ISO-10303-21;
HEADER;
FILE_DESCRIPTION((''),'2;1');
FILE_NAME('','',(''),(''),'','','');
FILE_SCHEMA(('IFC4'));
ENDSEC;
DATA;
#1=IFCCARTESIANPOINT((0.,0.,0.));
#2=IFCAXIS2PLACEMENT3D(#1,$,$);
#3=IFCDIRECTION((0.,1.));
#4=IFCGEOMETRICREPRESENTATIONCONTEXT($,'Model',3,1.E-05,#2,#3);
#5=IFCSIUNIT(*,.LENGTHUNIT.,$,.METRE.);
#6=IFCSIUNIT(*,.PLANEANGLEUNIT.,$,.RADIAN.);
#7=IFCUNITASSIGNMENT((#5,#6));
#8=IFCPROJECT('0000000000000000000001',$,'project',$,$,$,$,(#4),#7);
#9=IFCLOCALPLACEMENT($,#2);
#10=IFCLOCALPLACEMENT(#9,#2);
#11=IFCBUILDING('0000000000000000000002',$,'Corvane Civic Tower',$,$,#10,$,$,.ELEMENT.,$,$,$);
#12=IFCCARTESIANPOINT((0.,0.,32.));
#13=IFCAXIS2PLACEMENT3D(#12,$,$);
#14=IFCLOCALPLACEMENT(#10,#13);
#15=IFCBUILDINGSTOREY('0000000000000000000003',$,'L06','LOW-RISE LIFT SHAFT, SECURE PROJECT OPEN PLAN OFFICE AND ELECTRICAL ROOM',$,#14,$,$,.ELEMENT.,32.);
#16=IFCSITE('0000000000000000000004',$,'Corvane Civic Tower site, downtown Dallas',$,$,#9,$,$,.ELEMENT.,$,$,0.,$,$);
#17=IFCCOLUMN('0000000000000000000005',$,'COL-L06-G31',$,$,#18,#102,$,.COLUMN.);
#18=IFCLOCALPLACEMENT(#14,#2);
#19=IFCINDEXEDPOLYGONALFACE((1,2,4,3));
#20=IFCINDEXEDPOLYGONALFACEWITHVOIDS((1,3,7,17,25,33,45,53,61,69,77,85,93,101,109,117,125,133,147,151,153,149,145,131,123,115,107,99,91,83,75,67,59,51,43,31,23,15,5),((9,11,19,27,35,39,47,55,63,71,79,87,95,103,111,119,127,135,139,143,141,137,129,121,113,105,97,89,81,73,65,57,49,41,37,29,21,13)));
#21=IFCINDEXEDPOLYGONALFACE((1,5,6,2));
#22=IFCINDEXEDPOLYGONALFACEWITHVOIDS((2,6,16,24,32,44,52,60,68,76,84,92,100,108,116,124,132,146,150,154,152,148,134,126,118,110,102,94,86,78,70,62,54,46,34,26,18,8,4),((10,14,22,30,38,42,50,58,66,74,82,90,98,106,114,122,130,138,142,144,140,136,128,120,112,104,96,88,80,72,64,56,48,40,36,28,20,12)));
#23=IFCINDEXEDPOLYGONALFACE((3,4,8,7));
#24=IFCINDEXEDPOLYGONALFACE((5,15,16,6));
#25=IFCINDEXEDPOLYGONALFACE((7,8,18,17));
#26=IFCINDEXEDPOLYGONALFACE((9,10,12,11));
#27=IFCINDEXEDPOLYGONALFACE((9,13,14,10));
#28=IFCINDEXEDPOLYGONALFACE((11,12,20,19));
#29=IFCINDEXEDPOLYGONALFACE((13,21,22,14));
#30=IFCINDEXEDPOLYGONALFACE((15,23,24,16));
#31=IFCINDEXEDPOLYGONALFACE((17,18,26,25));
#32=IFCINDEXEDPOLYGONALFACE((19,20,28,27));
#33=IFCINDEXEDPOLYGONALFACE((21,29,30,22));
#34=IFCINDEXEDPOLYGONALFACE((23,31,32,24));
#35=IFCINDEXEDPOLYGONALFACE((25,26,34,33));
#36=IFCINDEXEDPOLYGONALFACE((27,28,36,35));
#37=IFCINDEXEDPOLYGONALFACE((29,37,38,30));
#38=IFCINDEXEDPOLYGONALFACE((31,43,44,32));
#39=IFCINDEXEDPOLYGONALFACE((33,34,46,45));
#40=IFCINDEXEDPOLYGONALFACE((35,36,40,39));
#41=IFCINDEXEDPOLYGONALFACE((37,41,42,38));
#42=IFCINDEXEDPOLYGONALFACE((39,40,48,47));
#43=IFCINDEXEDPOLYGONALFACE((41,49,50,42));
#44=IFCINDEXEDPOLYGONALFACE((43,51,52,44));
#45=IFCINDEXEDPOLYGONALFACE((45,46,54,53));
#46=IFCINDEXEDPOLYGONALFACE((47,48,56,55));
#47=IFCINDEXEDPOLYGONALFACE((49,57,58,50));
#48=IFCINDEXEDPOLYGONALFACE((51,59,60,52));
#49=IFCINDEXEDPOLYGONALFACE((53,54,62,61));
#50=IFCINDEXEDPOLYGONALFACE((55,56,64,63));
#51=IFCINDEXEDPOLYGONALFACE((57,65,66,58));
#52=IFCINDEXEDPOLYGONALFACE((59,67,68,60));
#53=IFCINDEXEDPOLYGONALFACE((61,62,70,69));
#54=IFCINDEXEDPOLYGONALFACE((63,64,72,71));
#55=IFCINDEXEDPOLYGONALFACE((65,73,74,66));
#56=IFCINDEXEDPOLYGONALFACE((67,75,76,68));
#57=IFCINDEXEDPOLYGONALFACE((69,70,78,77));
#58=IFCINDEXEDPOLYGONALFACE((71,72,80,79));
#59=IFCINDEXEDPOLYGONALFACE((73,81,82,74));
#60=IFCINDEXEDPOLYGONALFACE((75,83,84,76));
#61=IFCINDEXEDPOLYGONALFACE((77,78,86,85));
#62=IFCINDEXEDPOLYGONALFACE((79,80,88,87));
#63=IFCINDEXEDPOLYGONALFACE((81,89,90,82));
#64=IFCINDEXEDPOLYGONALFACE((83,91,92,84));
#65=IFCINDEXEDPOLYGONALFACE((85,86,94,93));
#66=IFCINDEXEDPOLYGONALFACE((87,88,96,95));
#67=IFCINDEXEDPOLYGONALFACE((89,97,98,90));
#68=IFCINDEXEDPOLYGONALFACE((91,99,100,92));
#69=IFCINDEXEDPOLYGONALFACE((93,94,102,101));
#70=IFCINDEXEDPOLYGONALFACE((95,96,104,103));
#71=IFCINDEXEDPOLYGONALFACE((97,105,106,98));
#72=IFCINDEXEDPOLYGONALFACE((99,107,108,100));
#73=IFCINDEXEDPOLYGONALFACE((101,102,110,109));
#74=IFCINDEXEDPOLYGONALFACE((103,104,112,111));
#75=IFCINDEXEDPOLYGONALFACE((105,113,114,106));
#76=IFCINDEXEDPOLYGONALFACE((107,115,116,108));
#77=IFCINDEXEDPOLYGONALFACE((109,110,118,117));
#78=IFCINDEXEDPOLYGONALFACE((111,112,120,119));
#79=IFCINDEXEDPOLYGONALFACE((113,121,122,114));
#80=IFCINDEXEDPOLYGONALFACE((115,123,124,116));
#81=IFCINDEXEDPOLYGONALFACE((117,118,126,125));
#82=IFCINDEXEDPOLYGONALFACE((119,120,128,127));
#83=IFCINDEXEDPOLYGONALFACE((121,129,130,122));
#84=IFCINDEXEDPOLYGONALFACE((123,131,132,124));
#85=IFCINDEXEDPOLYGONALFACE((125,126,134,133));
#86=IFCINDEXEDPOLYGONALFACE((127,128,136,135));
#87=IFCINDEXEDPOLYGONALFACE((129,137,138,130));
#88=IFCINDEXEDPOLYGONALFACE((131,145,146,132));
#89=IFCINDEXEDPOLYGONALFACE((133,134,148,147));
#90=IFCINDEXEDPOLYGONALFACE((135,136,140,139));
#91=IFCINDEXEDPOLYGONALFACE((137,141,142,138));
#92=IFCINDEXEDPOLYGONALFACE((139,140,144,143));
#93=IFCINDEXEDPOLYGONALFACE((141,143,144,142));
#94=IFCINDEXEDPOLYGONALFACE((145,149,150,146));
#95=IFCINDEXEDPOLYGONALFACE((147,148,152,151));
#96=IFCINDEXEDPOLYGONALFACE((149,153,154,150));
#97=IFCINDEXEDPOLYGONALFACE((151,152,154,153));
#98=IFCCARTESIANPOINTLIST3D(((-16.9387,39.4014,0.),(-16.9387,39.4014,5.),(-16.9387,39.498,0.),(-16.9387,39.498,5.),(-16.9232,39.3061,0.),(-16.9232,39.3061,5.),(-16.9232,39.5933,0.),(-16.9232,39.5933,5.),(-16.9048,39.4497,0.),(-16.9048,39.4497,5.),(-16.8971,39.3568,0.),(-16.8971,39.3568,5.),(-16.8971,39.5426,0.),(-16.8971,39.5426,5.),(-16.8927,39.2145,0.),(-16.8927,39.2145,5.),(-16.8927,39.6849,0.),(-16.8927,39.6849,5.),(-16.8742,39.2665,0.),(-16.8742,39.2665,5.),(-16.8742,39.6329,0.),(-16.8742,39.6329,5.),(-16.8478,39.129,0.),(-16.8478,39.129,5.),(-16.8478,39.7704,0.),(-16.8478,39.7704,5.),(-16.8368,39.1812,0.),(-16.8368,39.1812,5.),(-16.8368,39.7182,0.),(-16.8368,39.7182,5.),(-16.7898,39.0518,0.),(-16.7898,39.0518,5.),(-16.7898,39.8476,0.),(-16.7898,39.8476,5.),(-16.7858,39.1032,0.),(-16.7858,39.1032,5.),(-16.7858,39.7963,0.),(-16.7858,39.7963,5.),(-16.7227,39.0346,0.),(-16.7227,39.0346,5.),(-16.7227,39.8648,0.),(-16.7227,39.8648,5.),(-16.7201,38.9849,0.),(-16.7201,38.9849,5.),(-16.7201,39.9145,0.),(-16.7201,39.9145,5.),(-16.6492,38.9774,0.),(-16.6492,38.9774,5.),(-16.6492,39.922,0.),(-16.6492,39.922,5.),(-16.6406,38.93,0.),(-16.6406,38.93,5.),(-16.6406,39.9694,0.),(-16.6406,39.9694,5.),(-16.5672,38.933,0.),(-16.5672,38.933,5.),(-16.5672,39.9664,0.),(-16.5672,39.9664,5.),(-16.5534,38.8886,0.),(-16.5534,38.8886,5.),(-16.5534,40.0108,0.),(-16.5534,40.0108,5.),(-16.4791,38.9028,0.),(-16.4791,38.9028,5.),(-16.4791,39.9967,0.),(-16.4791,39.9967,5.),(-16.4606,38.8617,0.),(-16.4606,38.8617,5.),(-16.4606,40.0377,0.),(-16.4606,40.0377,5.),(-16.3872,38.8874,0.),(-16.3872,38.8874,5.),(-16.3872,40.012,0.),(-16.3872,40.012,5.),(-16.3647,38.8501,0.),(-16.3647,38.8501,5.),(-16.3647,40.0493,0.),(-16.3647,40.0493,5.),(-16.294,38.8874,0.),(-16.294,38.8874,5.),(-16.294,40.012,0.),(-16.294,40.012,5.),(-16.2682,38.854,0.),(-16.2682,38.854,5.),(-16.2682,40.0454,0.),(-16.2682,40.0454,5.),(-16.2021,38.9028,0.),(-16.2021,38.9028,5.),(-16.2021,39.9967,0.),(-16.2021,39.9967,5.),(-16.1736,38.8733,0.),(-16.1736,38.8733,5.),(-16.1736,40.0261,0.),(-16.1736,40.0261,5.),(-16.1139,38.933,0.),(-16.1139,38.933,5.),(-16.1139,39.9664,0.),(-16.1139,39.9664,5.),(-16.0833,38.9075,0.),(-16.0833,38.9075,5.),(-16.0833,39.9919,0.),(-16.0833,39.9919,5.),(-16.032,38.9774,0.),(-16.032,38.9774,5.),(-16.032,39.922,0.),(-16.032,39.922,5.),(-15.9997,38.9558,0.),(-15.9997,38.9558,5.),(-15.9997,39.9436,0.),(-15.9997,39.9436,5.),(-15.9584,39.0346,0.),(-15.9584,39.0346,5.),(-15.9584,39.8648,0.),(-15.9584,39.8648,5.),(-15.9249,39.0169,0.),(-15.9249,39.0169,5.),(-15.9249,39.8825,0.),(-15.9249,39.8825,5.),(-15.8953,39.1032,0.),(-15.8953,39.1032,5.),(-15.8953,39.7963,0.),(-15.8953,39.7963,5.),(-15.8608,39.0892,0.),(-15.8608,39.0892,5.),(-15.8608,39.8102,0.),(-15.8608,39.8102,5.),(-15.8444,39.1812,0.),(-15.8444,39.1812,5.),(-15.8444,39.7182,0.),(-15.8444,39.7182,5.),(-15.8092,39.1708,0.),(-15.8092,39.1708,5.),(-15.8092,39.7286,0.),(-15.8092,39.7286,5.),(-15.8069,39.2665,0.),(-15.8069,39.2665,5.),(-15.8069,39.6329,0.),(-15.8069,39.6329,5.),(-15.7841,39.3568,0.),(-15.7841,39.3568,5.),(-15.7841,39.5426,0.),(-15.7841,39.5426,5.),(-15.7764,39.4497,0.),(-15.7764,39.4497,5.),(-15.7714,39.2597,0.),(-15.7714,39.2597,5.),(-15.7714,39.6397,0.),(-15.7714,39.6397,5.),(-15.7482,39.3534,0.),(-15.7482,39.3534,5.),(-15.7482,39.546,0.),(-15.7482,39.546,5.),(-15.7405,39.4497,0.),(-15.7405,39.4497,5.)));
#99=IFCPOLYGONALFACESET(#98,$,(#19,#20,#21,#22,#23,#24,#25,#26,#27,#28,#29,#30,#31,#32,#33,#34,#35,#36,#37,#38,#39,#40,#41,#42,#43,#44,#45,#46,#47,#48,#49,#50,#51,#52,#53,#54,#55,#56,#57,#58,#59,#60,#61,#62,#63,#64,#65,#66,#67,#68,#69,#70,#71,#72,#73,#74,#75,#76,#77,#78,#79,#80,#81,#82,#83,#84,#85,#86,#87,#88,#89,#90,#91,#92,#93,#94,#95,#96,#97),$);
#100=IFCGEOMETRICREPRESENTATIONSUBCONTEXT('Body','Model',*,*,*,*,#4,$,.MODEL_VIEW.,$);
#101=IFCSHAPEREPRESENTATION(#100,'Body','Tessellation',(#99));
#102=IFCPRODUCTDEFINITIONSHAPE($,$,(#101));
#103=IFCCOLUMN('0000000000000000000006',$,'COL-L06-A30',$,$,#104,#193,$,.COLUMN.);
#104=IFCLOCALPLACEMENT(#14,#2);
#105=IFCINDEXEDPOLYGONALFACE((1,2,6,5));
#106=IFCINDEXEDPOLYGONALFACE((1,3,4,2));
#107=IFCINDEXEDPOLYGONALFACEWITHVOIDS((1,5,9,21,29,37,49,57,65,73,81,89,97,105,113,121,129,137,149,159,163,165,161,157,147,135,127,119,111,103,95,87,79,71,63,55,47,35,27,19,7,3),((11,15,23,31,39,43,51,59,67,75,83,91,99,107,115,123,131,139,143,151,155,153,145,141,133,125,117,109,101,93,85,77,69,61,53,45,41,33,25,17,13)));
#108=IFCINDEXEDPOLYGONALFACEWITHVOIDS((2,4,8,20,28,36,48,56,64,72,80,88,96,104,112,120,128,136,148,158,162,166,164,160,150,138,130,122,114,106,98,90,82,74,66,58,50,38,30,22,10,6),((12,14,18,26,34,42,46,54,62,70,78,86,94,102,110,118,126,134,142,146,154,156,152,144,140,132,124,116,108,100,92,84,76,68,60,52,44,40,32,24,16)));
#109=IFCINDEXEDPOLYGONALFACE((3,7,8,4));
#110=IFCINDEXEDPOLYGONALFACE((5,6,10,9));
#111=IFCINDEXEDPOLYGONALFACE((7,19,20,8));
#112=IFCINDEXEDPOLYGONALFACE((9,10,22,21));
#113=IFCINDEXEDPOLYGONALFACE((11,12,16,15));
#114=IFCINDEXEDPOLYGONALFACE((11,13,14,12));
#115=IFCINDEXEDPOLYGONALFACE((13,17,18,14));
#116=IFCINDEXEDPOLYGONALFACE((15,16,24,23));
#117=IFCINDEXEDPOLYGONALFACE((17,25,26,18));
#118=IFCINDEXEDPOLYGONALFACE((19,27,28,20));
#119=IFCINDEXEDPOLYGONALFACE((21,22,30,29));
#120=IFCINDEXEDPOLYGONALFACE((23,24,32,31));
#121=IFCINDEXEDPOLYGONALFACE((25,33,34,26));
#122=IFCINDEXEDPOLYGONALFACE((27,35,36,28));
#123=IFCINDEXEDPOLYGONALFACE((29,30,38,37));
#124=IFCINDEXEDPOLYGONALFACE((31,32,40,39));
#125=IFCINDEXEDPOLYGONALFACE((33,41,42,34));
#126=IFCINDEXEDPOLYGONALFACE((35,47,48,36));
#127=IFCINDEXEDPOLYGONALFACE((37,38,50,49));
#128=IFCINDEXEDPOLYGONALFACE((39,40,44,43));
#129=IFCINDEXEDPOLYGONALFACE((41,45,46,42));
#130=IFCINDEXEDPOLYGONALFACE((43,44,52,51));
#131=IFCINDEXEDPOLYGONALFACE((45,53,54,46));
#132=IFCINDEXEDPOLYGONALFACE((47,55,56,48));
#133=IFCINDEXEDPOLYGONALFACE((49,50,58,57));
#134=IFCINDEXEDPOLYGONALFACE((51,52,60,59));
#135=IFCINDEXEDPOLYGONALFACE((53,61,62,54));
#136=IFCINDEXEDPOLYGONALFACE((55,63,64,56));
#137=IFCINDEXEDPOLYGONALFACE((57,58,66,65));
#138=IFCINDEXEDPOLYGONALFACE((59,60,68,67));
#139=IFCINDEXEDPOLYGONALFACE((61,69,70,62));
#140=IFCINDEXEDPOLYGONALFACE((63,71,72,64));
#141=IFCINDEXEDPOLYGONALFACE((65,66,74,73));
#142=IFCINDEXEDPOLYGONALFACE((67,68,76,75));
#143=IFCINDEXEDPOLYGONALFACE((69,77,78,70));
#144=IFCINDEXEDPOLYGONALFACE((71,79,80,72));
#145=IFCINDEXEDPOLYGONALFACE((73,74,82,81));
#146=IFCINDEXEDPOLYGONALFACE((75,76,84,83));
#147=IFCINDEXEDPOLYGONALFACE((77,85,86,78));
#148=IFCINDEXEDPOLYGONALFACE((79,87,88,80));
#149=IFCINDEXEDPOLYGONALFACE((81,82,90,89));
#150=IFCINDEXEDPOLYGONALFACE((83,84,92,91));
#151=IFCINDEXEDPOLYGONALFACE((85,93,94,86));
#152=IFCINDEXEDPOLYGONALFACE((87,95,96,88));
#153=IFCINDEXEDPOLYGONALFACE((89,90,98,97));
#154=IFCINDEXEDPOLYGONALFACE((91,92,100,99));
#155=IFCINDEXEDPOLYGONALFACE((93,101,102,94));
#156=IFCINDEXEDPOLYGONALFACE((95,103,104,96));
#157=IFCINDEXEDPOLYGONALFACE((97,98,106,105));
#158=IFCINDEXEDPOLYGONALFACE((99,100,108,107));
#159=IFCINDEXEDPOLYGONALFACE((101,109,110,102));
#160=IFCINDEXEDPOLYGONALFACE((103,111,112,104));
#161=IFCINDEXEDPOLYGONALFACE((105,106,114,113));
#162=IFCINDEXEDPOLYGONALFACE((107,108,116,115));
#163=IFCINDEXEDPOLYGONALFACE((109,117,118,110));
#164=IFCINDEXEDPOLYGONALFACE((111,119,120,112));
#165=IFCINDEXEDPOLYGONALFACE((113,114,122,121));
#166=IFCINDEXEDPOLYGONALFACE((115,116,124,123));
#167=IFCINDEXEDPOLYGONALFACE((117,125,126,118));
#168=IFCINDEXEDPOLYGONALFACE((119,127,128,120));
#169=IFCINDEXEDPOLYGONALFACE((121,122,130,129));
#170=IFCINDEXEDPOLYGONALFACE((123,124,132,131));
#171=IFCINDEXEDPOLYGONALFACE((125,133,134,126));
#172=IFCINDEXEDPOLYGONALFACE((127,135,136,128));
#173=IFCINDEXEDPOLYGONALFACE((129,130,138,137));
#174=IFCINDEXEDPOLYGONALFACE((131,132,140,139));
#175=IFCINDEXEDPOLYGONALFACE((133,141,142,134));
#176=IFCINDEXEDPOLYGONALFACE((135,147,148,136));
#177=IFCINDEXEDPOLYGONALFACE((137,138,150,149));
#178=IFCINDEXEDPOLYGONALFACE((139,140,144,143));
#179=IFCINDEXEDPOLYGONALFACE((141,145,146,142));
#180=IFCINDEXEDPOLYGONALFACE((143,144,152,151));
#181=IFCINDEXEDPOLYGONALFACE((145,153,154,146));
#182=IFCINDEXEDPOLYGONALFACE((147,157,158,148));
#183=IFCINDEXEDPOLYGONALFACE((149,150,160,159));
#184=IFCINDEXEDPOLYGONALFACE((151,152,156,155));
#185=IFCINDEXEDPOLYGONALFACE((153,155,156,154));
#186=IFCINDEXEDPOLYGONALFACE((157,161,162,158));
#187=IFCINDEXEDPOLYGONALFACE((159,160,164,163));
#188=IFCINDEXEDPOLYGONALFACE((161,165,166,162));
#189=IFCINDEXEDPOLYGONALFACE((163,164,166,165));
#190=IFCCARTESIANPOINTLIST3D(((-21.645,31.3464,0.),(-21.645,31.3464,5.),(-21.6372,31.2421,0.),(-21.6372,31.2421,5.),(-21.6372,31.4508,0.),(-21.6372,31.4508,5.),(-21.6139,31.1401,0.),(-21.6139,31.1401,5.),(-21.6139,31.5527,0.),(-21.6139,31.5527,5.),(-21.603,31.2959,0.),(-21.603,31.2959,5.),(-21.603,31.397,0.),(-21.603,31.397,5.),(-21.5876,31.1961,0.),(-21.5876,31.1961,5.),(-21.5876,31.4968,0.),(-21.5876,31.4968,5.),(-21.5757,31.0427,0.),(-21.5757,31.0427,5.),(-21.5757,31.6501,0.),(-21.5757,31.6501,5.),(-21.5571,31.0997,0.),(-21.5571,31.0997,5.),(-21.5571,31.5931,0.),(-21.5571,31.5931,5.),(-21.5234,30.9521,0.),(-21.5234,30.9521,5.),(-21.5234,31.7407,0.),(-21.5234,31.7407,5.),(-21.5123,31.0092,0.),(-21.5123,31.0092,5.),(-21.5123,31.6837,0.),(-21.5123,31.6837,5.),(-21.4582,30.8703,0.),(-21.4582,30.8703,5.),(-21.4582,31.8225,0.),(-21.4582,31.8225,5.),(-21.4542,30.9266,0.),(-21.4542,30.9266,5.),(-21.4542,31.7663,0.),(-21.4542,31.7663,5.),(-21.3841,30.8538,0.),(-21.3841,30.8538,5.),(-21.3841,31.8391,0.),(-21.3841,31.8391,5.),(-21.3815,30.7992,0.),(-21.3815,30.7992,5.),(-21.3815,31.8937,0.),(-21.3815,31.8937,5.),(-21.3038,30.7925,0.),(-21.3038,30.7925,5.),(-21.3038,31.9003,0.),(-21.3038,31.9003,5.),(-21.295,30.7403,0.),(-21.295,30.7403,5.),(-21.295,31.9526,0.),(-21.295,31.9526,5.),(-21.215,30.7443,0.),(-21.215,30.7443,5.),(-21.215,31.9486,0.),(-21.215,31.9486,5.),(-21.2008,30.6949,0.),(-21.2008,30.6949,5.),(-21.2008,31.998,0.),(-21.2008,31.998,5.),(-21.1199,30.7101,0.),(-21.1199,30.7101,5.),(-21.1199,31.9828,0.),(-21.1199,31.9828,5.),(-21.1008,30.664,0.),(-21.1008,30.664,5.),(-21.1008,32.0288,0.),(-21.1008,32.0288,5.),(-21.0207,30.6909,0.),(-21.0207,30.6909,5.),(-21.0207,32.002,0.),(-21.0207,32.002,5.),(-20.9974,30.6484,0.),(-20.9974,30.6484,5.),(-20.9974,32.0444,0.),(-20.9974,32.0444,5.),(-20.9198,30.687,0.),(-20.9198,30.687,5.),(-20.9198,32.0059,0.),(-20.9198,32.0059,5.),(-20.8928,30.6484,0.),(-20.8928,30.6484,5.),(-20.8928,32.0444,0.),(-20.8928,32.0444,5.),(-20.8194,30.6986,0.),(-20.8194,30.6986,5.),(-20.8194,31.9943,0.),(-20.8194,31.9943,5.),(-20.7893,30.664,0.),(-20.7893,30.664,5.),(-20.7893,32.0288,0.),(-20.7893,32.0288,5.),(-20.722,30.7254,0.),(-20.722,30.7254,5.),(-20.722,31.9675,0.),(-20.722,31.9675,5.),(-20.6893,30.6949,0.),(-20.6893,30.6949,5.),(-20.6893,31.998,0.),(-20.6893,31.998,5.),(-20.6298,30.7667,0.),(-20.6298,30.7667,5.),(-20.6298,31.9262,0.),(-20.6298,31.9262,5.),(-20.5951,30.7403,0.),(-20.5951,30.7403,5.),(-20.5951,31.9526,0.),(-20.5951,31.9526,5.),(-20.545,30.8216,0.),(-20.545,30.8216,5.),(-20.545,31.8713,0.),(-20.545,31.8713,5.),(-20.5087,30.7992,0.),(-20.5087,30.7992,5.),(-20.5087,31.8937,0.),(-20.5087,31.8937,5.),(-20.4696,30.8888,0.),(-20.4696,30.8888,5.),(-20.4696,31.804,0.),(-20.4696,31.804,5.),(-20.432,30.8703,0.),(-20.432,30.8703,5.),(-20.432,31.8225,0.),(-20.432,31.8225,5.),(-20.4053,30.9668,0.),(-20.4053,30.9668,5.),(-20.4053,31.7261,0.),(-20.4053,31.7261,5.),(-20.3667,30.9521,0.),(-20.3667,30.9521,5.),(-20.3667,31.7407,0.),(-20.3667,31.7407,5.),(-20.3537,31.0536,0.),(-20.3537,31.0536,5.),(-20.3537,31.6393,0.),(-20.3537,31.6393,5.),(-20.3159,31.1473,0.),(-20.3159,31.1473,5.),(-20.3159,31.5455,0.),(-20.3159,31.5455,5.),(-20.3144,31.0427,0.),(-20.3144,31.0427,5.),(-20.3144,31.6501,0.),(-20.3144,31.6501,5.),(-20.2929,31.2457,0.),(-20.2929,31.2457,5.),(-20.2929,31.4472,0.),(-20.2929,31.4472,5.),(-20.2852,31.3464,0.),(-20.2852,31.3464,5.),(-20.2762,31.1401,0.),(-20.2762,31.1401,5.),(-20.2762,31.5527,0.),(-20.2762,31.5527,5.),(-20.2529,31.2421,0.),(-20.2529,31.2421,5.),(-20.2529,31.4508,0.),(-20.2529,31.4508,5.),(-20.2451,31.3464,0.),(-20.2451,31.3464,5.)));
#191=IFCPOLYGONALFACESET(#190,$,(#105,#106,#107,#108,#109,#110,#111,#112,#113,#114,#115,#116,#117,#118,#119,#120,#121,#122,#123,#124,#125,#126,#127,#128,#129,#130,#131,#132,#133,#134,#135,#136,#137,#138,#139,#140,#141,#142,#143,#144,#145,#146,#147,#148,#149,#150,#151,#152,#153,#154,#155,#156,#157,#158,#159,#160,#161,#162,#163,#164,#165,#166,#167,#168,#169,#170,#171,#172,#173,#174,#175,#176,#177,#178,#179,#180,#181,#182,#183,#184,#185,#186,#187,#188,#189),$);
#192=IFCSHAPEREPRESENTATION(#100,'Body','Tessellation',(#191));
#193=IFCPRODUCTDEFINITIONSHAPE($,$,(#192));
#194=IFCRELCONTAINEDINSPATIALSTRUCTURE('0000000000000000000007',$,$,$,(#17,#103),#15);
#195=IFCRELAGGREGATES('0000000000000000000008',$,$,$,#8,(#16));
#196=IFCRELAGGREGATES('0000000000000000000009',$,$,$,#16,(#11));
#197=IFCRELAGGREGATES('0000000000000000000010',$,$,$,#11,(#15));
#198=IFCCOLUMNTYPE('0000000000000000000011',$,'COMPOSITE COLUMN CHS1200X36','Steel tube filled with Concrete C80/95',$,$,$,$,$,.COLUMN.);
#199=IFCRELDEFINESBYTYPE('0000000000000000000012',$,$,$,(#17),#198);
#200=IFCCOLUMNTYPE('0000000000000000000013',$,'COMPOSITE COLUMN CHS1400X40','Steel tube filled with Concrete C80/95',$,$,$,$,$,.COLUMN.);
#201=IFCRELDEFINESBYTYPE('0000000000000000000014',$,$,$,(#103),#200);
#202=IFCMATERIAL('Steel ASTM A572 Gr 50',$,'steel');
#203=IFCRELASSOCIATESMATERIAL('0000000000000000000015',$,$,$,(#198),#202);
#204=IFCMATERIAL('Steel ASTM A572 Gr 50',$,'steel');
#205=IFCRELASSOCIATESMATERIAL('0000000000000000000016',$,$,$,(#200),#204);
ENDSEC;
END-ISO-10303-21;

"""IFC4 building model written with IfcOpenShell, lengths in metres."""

from ifc_helpers import new_model, si_unit, direction, frame, origin, origin_2d, place, context, subcontext, project, spatial, hollow_circle, extrude, material, material_profile, profile_set, type_object, element, save


model = new_model("IFC4")

# Units and contexts
model_context = context("Model", 3, precision=1e-05, world=origin(), true_north=direction((0.0, 1.0)))
body_context = subcontext(model_context, "Body", "Model", "MODEL_VIEW")
ifc_project = project(units=[si_unit("LENGTHUNIT", "METRE"), si_unit("PLANEANGLEUNIT", "RADIAN")], contexts=[model_context])

# Site, building, storey
site_placement = place(None, origin())
site = spatial("IfcSite", under=ifc_project, at=site_placement, Name="Corvane Civic Tower site, downtown Dallas", CompositionType="ELEMENT", RefElevation=0.0)
building_placement = place(site_placement, origin())
building = spatial("IfcBuilding", under=site, at=building_placement, Name="Corvane Civic Tower", CompositionType="ELEMENT")
storey_placement = place(building_placement, frame((0.0, 0.0, 32.0)))
storey = spatial("IfcBuildingStorey", under=building, at=storey_placement, Name="L06", Description="LOW-RISE LIFT SHAFT, SECURE PROJECT OPEN PLAN OFFICE AND ELECTRICAL ROOM", CompositionType="ELEMENT", Elevation=32.0)

# Columns
ifc_material_1 = material(Name="Steel ASTM A572 Gr 50", Category="steel")
ifc_material_profile_1 = material_profile(ifc_material_1, hollow_circle(Radius=0.6001, WallThickness=0.0359, at=origin_2d()), Name="CHS1200X36")
ifc_profile_set_1 = profile_set([ifc_material_profile_1], Name="Steel ASTM A572 Gr 50")
column_type_1 = type_object("IfcColumnType", Name="COMPOSITE COLUMN CHS1200X36", Description="Steel tube filled with Concrete C80/95", PredefinedType="COLUMN", material=ifc_profile_set_1)
column_placement = place(storey_placement, frame((-16.3406, 39.4497, 0.0), z_axis=(0.0, 0.0, 1.0), x_axis=(1.0, 0.0, 0.0)))
element("IfcColumn", 1, at=column_placement, inside=storey, type_object=column_type_1, Name="COL-L06-G31", PredefinedType="COLUMN", context=body_context, shape_type="SweptSolid", body=[
    extrude(hollow_circle(Radius=0.6001, WallThickness=0.0359, at=origin_2d()), origin(), (0.0, 0.0, 1.0), 5.0),
])
ifc_material_2 = material(Name="Steel ASTM A572 Gr 50", Category="steel")
ifc_material_profile_2 = material_profile(ifc_material_2, hollow_circle(Radius=0.7, WallThickness=0.04, at=origin_2d()), Name="CHS1400X40")
ifc_profile_set_2 = profile_set([ifc_material_profile_2], Name="Steel ASTM A572 Gr 50")
column_type_2 = type_object("IfcColumnType", Name="COMPOSITE COLUMN CHS1400X40", Description="Steel tube filled with Concrete C80/95", PredefinedType="COLUMN", material=ifc_profile_set_2)
for number, where, z_axis, x_axis, name in (
    (2, (-20.9451, 31.3464, 0.0), (0.0, 0.0, 1.0), (1.0, 0.0, 0.0), "COL-L06-A30"),
):
    element("IfcColumn", number, at=place(storey_placement, frame(where, z_axis=z_axis, x_axis=x_axis)), inside=storey, type_object=column_type_2, Name=name, PredefinedType="COLUMN", context=body_context, shape_type="SweptSolid", body=[
        extrude(hollow_circle(Radius=0.7, WallThickness=0.04, at=origin_2d()), origin(), (0.0, 0.0, 1.0), 5.0),
    ])

save(model, "model.ifc")
